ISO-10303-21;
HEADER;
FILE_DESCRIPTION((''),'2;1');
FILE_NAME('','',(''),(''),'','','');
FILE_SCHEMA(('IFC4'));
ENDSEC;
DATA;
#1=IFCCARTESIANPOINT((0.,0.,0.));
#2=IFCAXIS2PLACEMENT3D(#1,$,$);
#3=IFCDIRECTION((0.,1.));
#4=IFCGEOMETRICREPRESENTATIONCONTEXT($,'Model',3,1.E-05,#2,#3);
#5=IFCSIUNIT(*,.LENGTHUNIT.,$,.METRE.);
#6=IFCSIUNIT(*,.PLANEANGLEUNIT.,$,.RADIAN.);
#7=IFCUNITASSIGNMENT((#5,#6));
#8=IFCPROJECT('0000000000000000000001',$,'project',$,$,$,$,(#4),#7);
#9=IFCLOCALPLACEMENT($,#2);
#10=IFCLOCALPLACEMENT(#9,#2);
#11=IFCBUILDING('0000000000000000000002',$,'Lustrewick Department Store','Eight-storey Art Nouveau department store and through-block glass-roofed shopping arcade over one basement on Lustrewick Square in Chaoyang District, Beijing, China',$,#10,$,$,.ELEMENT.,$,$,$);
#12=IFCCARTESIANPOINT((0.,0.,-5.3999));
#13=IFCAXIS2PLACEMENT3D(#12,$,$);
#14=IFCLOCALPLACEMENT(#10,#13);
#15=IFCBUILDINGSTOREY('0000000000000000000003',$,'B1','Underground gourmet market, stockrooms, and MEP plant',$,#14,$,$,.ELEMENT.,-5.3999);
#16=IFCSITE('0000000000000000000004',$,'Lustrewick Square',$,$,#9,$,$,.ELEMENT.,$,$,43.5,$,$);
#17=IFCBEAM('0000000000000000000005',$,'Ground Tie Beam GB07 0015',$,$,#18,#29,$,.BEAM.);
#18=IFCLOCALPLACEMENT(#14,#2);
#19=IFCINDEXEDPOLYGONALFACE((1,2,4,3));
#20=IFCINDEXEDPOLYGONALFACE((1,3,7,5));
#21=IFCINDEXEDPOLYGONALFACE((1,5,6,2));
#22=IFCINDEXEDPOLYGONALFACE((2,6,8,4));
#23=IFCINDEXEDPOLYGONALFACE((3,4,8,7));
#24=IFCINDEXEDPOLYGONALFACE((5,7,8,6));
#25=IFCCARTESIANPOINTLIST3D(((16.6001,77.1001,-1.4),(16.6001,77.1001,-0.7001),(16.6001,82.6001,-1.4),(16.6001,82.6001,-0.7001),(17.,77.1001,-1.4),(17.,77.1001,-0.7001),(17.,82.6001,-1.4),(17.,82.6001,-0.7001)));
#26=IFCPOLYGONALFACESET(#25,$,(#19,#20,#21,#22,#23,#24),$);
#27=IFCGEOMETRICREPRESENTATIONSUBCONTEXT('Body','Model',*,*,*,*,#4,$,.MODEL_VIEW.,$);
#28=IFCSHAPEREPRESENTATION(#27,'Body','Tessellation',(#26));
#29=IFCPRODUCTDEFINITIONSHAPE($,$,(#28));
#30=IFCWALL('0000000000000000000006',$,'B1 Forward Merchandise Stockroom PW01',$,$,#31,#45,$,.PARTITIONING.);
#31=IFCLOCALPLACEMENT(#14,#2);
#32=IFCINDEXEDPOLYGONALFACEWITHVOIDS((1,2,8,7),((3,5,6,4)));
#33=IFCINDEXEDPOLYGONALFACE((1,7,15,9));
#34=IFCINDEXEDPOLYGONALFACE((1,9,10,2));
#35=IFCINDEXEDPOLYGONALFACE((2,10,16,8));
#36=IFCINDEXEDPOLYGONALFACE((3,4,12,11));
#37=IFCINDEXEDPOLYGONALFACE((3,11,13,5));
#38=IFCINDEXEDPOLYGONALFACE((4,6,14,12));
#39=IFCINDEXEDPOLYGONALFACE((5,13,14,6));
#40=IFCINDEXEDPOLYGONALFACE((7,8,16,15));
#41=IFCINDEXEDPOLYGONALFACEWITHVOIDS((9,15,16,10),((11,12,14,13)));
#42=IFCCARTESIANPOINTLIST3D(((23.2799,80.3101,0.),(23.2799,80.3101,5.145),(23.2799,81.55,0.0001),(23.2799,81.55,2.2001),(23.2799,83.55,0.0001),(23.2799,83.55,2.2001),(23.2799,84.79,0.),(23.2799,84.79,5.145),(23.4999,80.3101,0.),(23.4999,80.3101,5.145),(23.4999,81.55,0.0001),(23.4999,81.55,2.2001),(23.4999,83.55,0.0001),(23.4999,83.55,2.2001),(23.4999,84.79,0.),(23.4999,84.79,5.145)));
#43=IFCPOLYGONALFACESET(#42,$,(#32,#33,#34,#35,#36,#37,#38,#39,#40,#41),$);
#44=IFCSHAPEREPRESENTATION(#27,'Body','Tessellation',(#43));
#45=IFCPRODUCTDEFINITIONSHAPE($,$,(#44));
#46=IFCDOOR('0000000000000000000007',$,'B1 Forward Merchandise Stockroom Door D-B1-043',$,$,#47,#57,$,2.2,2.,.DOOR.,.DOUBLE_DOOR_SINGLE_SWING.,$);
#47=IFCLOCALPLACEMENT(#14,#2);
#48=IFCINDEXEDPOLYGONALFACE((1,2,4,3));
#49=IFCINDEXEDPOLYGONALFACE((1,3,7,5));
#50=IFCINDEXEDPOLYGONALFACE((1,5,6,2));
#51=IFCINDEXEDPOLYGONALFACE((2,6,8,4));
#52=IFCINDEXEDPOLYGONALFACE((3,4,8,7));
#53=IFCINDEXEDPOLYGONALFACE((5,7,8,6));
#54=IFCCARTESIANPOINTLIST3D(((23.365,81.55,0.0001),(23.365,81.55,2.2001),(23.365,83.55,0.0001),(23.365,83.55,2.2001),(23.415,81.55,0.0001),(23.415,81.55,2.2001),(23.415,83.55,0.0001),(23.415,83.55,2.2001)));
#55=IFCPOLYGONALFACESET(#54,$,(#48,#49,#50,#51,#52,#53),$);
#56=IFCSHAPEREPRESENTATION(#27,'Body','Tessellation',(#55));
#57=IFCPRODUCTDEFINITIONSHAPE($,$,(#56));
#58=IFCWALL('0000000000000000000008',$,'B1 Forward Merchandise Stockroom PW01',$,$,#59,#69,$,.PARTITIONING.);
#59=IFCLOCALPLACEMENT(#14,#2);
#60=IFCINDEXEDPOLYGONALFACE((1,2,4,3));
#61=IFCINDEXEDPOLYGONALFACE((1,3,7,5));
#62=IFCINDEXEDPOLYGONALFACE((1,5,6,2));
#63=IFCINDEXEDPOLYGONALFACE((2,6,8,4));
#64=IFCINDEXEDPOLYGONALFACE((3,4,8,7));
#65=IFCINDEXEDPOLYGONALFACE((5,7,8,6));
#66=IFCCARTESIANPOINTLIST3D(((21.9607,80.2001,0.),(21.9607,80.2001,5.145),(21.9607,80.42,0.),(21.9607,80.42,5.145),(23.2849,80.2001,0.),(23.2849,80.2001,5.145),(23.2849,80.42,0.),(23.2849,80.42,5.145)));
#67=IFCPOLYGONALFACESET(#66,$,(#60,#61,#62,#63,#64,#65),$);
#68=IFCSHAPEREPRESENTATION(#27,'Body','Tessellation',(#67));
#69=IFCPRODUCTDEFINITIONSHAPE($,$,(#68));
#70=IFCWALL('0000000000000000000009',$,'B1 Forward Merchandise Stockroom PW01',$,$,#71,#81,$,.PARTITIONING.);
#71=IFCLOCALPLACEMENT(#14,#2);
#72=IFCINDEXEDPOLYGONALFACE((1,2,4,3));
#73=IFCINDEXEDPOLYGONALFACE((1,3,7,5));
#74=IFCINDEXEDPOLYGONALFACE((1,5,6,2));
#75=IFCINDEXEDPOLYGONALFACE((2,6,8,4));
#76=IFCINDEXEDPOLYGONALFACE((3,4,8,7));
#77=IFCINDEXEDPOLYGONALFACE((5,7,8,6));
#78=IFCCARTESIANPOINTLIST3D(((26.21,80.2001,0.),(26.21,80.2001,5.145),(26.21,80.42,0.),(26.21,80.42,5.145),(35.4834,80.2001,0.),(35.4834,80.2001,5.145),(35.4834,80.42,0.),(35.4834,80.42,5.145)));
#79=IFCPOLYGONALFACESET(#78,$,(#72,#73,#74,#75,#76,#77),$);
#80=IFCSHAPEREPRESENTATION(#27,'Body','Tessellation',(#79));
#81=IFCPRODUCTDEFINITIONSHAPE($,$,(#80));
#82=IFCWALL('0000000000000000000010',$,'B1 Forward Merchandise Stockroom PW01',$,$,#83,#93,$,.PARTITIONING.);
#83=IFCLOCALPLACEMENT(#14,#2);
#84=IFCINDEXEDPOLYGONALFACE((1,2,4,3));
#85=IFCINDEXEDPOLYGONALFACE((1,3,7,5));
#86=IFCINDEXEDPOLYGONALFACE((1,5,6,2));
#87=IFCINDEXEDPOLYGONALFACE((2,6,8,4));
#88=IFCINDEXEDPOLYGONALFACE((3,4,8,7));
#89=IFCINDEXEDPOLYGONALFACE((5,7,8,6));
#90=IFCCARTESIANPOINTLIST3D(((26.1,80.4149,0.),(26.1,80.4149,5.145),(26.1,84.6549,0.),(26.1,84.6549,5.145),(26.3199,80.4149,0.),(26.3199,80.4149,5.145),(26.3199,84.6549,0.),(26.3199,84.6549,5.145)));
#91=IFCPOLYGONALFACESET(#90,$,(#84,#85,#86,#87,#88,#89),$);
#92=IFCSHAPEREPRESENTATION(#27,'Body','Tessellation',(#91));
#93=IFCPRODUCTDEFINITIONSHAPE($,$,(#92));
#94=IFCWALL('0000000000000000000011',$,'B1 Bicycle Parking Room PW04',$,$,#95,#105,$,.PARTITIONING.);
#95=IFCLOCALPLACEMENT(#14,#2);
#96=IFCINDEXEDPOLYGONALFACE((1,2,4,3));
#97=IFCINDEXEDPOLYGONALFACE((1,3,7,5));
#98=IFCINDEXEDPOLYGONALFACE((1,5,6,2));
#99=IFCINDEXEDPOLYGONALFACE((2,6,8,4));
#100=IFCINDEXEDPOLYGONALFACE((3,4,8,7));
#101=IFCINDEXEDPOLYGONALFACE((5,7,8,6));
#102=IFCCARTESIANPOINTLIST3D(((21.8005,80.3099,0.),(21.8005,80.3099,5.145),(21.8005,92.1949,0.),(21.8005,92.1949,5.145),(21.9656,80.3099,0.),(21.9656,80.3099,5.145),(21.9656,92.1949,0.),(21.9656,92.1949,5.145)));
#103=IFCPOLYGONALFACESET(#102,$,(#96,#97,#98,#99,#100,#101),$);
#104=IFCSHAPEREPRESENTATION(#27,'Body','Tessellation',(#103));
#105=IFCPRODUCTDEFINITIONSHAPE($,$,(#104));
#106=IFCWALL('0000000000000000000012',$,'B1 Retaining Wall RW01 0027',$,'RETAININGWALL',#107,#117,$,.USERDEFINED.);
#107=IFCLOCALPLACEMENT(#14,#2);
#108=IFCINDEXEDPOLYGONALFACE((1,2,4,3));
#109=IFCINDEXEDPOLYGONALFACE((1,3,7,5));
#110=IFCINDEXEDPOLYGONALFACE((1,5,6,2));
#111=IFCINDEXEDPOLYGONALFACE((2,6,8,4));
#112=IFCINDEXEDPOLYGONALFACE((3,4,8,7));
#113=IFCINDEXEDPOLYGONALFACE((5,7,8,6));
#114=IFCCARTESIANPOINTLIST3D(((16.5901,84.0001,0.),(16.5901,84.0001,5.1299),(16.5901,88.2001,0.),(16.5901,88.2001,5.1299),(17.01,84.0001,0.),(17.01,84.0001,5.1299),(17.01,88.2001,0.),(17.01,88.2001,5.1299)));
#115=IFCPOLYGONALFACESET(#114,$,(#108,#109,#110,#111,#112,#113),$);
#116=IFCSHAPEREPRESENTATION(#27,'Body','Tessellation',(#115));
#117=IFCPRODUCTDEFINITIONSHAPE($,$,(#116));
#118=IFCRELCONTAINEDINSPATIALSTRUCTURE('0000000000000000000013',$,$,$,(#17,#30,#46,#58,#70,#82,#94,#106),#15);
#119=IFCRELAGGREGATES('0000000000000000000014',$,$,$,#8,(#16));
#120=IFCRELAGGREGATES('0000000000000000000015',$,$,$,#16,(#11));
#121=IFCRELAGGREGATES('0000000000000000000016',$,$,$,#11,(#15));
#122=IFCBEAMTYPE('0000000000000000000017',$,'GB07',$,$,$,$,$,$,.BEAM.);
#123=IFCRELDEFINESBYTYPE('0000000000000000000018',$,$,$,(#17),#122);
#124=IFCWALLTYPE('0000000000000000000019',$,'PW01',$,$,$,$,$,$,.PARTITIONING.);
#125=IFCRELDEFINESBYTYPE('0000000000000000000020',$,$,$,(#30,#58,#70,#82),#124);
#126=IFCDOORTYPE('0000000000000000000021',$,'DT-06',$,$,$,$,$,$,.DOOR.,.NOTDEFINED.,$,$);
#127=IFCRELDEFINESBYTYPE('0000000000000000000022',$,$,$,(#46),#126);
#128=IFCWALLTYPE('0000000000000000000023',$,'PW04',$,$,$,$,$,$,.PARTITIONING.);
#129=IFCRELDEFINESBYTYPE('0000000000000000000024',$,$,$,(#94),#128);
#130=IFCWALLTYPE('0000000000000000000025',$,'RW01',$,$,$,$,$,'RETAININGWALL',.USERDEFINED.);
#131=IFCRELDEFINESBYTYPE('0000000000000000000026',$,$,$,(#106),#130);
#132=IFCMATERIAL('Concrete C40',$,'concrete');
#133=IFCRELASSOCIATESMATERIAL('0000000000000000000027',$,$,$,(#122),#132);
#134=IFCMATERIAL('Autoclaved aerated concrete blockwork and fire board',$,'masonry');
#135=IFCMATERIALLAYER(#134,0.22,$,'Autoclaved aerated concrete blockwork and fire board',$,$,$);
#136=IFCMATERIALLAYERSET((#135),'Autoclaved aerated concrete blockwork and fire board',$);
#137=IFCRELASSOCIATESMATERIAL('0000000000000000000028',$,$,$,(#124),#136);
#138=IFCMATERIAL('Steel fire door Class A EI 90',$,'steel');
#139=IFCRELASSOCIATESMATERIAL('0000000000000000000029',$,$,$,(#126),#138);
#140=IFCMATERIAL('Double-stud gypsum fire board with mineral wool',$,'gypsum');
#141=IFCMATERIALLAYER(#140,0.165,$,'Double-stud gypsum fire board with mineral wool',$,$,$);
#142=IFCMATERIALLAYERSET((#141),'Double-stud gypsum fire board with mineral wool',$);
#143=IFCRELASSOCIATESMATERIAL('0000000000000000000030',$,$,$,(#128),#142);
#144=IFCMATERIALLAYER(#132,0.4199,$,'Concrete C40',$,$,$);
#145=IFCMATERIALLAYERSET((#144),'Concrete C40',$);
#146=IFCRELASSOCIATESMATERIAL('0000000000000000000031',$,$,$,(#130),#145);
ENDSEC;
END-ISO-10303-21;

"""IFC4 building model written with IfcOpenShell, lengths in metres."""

from ifc_helpers import new_model, si_unit, direction, frame, frame_2d, origin, origin_2d, place, context, subcontext, project, spatial, rectangle, extrude, material, layer, layer_set, material_profile, profile_set, type_object, element, fill, save


model = new_model("IFC4")

# Units and contexts
model_context = context("Model", 3, precision=1e-05, world=origin(), true_north=direction((0.0, 1.0)))
body_context = subcontext(model_context, "Body", "Model", "MODEL_VIEW")
ifc_project = project(units=[si_unit("LENGTHUNIT", "METRE"), si_unit("PLANEANGLEUNIT", "RADIAN")], contexts=[model_context])

# Site, building, storey
site_placement = place(None, origin())
site = spatial("IfcSite", under=ifc_project, at=site_placement, Name="Lustrewick Square", CompositionType="ELEMENT", RefElevation=43.5)
building_placement = place(site_placement, origin())
building = spatial("IfcBuilding", under=site, at=building_placement, Name="Lustrewick Department Store", Description="Eight-storey Art Nouveau department store and through-block glass-roofed shopping arcade over one basement on Lustrewick Square in Chaoyang District, Beijing, China", CompositionType="ELEMENT")
storey_placement = place(building_placement, frame((0.0, 0.0, -5.3999)))
storey = spatial("IfcBuildingStorey", under=building, at=storey_placement, Name="B1", Description="Underground gourmet market, stockrooms, and MEP plant", CompositionType="ELEMENT", Elevation=-5.3999)

# Shared definitions
ifc_material_1 = material(Name="Concrete C40", Category="concrete")

# Beam
ifc_material_profile_1 = material_profile(ifc_material_1, rectangle(XDim=0.3999, YDim=0.7, at=origin_2d()), Name="RC 400x700")
ifc_profile_set_1 = profile_set([ifc_material_profile_1], Name="Concrete C40")
beam_type_1 = type_object("IfcBeamType", Name="GB07", PredefinedType="BEAM", material=ifc_profile_set_1)
beam_1_placement = place(storey_placement, frame((16.8, 77.1001, -1.05), z_axis=(0.0, 1.0, 0.0), x_axis=(-1.0, 0.0, 0.0)))
element("IfcBeam", 1, at=beam_1_placement, inside=storey, type_object=beam_type_1, Name="Ground Tie Beam GB07 0015", PredefinedType="BEAM", context=body_context, shape_type="SweptSolid", body=[
    extrude(rectangle(XDim=0.3999, YDim=0.7, at=origin_2d()), origin(), (0.0, 0.0, 1.0), 5.5),
])

# Wall, opening, door
ifc_material_2 = material(Name="Autoclaved aerated concrete blockwork and fire board", Category="masonry")
ifc_layer_1 = layer(ifc_material_2, 0.22, Name="Autoclaved aerated concrete blockwork and fire board")
ifc_layer_set_1 = layer_set([ifc_layer_1], Name="Autoclaved aerated concrete blockwork and fire board")
wall_type_1 = type_object("IfcWallType", Name="PW01", PredefinedType="PARTITIONING", material=ifc_layer_set_1)
wall_1_placement = place(storey_placement, frame((23.3899, 80.3101, 0.0), z_axis=(0.0, 0.0, 1.0), x_axis=(0.0, 1.0, 0.0)))
wall_1 = element("IfcWall", 2, at=wall_1_placement, inside=storey, type_object=wall_type_1, Name="B1 Forward Merchandise Stockroom PW01", PredefinedType="PARTITIONING", context=body_context, shape_type="SweptSolid", body=[
    extrude(rectangle(XDim=4.48, YDim=0.22, at=frame_2d((2.24, 0.0))), origin(), (0.0, 0.0, 1.0), 5.145),
])
opening_placement = place(wall_1_placement, frame((1.24, 0.0, 0.0)))
opening = element("IfcOpeningElement", 3, at=opening_placement, cuts=wall_1, PredefinedType="OPENING", context=body_context, shape_type="SweptSolid", body=[
    extrude(rectangle(XDim=2.0, YDim=2.2, at=frame_2d((1.0, 1.1001))), frame((0.0, 0.1201, 0.0), z_axis=(0.0, -1.0, 0.0), x_axis=(1.0, 0.0, 0.0)), (0.0, 0.0, 1.0), 0.24),
])
ifc_material_3 = material(Name="Steel fire door Class A EI 90", Category="steel")
door_type = type_object("IfcDoorType", Name="DT-06", OperationType="NOTDEFINED", PredefinedType="DOOR", material=ifc_material_3)
door_placement = place(opening_placement, origin())
door = element("IfcDoor", 4, at=door_placement, inside=storey, type_object=door_type, Name="B1 Forward Merchandise Stockroom Door D-B1-043", OperationType="DOUBLE_DOOR_SINGLE_SWING", OverallHeight=2.2, OverallWidth=2.0, PredefinedType="DOOR", context=body_context, shape_type="SweptSolid", body=[
    extrude(rectangle(XDim=2.0, YDim=2.2, at=frame_2d((1.0, 1.1001))), frame((0.0, 0.0249, 0.0), z_axis=(0.0, -1.0, 0.0), x_axis=(1.0, 0.0, 0.0)), (0.0, 0.0, 1.0), 0.05),
])
fill(opening, door)

# Walls
wall_2_placement = place(storey_placement, frame((21.9607, 80.3101, 0.0), z_axis=(0.0, 0.0, 1.0), x_axis=(1.0, 0.0, 0.0)))
element("IfcWall", 5, at=wall_2_placement, inside=storey, type_object=wall_type_1, Name="B1 Forward Merchandise Stockroom PW01", PredefinedType="PARTITIONING", context=body_context, shape_type="SweptSolid", body=[
    extrude(rectangle(XDim=1.3242, YDim=0.22, at=frame_2d((0.6621, 0.0))), origin(), (0.0, 0.0, 1.0), 5.145),
])
wall_3_placement = place(storey_placement, frame((26.21, 80.3101, 0.0), z_axis=(0.0, 0.0, 1.0), x_axis=(1.0, 0.0, 0.0)))
element("IfcWall", 6, at=wall_3_placement, inside=storey, type_object=wall_type_1, Name="B1 Forward Merchandise Stockroom PW01", PredefinedType="PARTITIONING", context=body_context, shape_type="SweptSolid", body=[
    extrude(rectangle(XDim=9.2734, YDim=0.22, at=frame_2d((4.6367, 0.0))), origin(), (0.0, 0.0, 1.0), 5.145),
])
wall_4_placement = place(storey_placement, frame((26.21, 84.655, 0.0), z_axis=(0.0, 0.0, 1.0), x_axis=(0.0, -1.0, 0.0)))
element("IfcWall", 7, at=wall_4_placement, inside=storey, type_object=wall_type_1, Name="B1 Forward Merchandise Stockroom PW01", PredefinedType="PARTITIONING", context=body_context, shape_type="SweptSolid", body=[
    extrude(rectangle(XDim=4.24, YDim=0.22, at=frame_2d((2.1201, 0.0))), origin(), (0.0, 0.0, 1.0), 5.145),
])
ifc_material_4 = material(Name="Double-stud gypsum fire board with mineral wool", Category="gypsum")
ifc_layer_2 = layer(ifc_material_4, 0.165, Name="Double-stud gypsum fire board with mineral wool")
ifc_layer_set_2 = layer_set([ifc_layer_2], Name="Double-stud gypsum fire board with mineral wool")
wall_type_2 = type_object("IfcWallType", Name="PW04", PredefinedType="PARTITIONING", material=ifc_layer_set_2)
wall_5_placement = place(storey_placement, frame((21.8831, 80.3101, 0.0), z_axis=(0.0, 0.0, 1.0), x_axis=(0.0, 1.0, 0.0)))
element("IfcWall", 8, at=wall_5_placement, inside=storey, type_object=wall_type_2, Name="B1 Bicycle Parking Room PW04", PredefinedType="PARTITIONING", context=body_context, shape_type="SweptSolid", body=[
    extrude(rectangle(XDim=11.885, YDim=0.165, at=frame_2d((5.9424, 0.0))), origin(), (0.0, 0.0, 1.0), 5.145),
])
ifc_layer_3 = layer(ifc_material_1, 0.4199, Name="Concrete C40")
ifc_layer_set_3 = layer_set([ifc_layer_3], Name="Concrete C40")
wall_type_3 = type_object("IfcWallType", Name="RW01", ElementType="RETAININGWALL", PredefinedType="USERDEFINED", material=ifc_layer_set_3)
wall_6_placement = place(storey_placement, frame((16.8, 84.0, 0.0), z_axis=(0.0, 0.0, 1.0), x_axis=(0.0, 1.0, 0.0)))
element("IfcWall", 9, at=wall_6_placement, inside=storey, type_object=wall_type_3, Name="B1 Retaining Wall RW01 0027", ObjectType="RETAININGWALL", PredefinedType="USERDEFINED", context=body_context, shape_type="SweptSolid", body=[
    extrude(rectangle(XDim=4.2, YDim=0.4199, at=frame_2d((2.1001, 0.0))), origin(), (0.0, 0.0, 1.0), 5.1299),
])

save(model, "model.ifc")
